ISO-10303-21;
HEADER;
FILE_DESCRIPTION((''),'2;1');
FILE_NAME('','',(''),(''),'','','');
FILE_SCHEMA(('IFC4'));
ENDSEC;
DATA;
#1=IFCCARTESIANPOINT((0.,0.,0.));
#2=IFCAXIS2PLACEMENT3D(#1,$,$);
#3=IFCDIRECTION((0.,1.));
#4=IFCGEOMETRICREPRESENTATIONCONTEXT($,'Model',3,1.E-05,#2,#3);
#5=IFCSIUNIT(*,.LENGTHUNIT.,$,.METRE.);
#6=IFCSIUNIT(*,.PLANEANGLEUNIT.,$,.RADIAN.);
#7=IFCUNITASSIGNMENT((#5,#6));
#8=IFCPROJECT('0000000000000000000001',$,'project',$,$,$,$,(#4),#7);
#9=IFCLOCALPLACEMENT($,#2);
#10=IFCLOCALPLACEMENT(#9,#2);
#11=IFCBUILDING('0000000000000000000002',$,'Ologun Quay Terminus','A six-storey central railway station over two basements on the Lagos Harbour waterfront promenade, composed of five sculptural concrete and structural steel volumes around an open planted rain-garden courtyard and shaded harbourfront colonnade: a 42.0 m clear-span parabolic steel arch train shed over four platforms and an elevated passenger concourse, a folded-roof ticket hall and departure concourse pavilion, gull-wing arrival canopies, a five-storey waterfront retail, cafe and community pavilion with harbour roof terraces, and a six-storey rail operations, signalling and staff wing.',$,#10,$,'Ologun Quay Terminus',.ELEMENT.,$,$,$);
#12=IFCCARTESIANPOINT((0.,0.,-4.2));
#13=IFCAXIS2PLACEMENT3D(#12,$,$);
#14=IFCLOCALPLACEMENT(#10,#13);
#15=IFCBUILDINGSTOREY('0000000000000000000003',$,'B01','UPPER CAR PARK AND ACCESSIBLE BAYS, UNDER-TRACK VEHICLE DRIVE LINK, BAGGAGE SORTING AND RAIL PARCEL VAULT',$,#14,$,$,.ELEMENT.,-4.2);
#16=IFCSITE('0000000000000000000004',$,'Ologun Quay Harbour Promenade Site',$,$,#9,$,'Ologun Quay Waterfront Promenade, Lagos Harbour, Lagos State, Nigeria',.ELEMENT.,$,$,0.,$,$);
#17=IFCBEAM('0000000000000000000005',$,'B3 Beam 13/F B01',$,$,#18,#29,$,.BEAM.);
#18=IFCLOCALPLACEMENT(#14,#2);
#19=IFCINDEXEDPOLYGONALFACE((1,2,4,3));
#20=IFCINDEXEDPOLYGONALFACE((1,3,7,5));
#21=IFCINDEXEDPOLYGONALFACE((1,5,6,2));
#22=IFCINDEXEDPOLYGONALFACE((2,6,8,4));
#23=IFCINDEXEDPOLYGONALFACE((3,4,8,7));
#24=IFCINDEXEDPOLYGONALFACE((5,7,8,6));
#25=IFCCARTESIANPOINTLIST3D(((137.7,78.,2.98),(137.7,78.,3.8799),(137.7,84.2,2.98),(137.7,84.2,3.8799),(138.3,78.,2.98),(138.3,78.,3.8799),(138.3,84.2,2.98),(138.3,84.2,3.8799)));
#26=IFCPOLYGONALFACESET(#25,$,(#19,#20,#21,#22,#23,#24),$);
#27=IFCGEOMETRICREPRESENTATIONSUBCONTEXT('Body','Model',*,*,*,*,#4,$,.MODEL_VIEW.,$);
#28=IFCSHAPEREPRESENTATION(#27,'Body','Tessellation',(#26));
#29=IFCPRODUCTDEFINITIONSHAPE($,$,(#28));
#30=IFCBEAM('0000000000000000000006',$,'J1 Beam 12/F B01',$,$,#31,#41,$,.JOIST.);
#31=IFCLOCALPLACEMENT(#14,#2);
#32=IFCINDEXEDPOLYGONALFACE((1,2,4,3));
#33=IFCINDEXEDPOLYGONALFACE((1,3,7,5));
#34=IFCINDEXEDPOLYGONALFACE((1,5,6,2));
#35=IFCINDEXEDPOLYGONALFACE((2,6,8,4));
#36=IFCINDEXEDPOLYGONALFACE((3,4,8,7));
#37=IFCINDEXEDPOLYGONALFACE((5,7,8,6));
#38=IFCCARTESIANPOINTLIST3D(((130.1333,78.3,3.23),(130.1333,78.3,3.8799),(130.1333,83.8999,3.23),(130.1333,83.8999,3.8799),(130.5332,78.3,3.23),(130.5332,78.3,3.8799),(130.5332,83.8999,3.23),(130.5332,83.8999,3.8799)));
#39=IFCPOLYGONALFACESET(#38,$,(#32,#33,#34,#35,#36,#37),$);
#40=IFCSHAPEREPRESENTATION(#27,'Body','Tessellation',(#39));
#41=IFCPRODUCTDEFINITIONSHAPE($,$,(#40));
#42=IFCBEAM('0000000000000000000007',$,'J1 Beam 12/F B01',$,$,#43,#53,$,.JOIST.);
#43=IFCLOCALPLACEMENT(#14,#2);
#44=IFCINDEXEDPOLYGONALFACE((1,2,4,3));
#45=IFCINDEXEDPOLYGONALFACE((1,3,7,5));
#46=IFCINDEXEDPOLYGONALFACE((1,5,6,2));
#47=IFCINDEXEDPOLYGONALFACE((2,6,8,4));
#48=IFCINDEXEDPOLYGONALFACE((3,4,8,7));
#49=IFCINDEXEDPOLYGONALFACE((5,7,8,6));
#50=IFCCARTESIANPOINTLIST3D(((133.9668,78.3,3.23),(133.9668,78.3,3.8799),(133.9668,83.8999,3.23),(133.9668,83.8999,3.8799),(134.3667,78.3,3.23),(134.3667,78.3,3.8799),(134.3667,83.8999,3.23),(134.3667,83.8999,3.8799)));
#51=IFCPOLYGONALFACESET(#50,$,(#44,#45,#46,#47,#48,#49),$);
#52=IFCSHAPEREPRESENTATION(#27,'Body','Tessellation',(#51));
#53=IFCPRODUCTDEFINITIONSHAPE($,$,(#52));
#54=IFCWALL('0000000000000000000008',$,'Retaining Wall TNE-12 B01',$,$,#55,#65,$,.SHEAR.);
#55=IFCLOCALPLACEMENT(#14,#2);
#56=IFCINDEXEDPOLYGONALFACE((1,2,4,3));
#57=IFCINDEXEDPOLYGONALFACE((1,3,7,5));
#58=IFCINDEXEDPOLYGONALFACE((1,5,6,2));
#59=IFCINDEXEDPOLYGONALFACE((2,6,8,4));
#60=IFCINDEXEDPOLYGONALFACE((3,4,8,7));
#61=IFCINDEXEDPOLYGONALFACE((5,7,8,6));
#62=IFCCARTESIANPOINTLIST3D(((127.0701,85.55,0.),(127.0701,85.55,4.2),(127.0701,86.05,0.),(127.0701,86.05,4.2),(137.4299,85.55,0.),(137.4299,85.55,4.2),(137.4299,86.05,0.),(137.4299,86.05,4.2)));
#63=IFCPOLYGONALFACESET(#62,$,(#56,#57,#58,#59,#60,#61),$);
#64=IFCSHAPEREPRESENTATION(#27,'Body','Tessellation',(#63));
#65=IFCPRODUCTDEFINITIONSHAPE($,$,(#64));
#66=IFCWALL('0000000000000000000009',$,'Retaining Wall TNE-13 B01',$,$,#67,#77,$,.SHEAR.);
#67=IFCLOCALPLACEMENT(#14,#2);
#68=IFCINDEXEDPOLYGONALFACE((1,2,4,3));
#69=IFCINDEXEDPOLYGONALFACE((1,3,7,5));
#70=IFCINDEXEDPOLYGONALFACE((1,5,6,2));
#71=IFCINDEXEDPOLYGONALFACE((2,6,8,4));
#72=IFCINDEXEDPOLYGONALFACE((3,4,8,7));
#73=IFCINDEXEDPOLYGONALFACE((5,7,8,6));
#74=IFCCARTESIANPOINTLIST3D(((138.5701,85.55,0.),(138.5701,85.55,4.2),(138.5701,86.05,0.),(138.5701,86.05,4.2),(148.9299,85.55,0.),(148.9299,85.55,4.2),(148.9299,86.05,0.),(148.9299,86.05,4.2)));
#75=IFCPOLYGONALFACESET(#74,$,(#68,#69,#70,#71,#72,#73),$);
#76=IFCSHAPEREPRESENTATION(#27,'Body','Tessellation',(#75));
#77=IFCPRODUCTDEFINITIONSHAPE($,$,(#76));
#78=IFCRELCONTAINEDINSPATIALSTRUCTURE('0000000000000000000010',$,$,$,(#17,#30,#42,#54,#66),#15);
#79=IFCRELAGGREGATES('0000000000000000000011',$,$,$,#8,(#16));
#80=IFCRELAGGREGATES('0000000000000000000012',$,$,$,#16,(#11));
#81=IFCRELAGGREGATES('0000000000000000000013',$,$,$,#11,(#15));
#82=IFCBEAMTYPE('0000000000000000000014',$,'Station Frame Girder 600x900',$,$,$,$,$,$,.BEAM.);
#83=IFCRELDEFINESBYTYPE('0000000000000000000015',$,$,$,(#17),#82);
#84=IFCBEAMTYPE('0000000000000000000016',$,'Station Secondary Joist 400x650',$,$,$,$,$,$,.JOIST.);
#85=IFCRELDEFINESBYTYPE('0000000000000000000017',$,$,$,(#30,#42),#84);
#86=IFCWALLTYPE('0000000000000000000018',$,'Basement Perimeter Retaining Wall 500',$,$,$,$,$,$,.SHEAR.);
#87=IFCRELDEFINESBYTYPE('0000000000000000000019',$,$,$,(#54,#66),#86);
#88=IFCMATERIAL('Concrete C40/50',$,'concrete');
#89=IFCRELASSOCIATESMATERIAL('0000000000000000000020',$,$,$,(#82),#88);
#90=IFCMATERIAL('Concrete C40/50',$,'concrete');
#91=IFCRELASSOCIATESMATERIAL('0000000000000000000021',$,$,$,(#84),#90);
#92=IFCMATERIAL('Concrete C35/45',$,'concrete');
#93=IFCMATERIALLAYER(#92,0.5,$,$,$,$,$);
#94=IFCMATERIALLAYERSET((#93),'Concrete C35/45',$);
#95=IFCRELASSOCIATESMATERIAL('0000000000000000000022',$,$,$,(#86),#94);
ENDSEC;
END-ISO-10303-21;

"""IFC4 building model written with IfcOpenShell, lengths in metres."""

from ifc_helpers import new_model, si_unit, direction, frame, frame_2d, origin, origin_2d, place, context, subcontext, project, spatial, rectangle, extrude, material, layer, layer_set, material_profile, profile_set, type_object, element, save


model = new_model("IFC4")

# Units and contexts
model_context = context("Model", 3, precision=1e-05, world=origin(), true_north=direction((0.0, 1.0)))
body_context = subcontext(model_context, "Body", "Model", "MODEL_VIEW")
ifc_project = project(units=[si_unit("LENGTHUNIT", "METRE"), si_unit("PLANEANGLEUNIT", "RADIAN")], contexts=[model_context])

# Site, building, storey
site_placement = place(None, origin())
site = spatial("IfcSite", under=ifc_project, at=site_placement, Name="Ologun Quay Harbour Promenade Site", LongName="Ologun Quay Waterfront Promenade, Lagos Harbour, Lagos State, Nigeria", CompositionType="ELEMENT", RefElevation=0.0)
building_placement = place(site_placement, origin())
building = spatial("IfcBuilding", under=site, at=building_placement, Name="Ologun Quay Terminus", Description="A six-storey central railway station over two basements on the Lagos Harbour waterfront promenade, composed of five sculptural concrete and structural steel volumes around an open planted rain-garden courtyard and shaded harbourfront colonnade: a 42.0 m clear-span parabolic steel arch train shed over four platforms and an elevated passenger concourse, a folded-roof ticket hall and departure concourse pavilion, gull-wing arrival canopies, a five-storey waterfront retail, cafe and community pavilion with harbour roof terraces, and a six-storey rail operations, signalling and staff wing.", LongName="Ologun Quay Terminus", CompositionType="ELEMENT")
storey_placement = place(building_placement, frame((0.0, 0.0, -4.2)))
storey = spatial("IfcBuildingStorey", under=building, at=storey_placement, Name="B01", Description="UPPER CAR PARK AND ACCESSIBLE BAYS, UNDER-TRACK VEHICLE DRIVE LINK, BAGGAGE SORTING AND RAIL PARCEL VAULT", CompositionType="ELEMENT", Elevation=-4.2)

# Beams
ifc_material_1 = material(Name="Concrete C40/50", Category="concrete")
ifc_material_profile_1 = material_profile(ifc_material_1, rectangle(XDim=0.6001, YDim=0.8999, at=origin_2d()), Name="RC 600x900")
ifc_profile_set_1 = profile_set([ifc_material_profile_1], Name="Concrete C40/50")
beam_type_1 = type_object("IfcBeamType", Name="Station Frame Girder 600x900", PredefinedType="BEAM", material=ifc_profile_set_1)
for number, where, z_axis, x_axis, name in (
    (1, (138.0, 78.0, 3.4299), (0.0, 1.0, 0.0), (-1.0, 0.0, 0.0), "B3 Beam 13/F B01"),
):
    element("IfcBeam", number, at=place(storey_placement, frame(where, z_axis=z_axis, x_axis=x_axis)), inside=storey, type_object=beam_type_1, Name=name, PredefinedType="BEAM", context=body_context, shape_type="SweptSolid", body=[
        extrude(rectangle(XDim=0.6001, YDim=0.8999, at=origin_2d()), origin(), (0.0, 0.0, 1.0), 6.2),
    ])
ifc_material_2 = material(Name="Concrete C40/50", Category="concrete")
ifc_material_profile_2 = material_profile(ifc_material_2, rectangle(XDim=0.3999, YDim=0.6499, at=origin_2d()), Name="RC 400x650")
ifc_profile_set_2 = profile_set([ifc_material_profile_2], Name="Concrete C40/50")
beam_type_2 = type_object("IfcBeamType", Name="Station Secondary Joist 400x650", PredefinedType="JOIST", material=ifc_profile_set_2)
for number, where, z_axis, x_axis, name in (
    (2, (130.3333, 78.3, 3.5549), (0.0, 1.0, 0.0), (-1.0, 0.0, 0.0), "J1 Beam 12/F B01"),
    (3, (134.1667, 78.3, 3.5549), (0.0, 1.0, 0.0), (-1.0, 0.0, 0.0), "J1 Beam 12/F B01"),
):
    element("IfcBeam", number, at=place(storey_placement, frame(where, z_axis=z_axis, x_axis=x_axis)), inside=storey, type_object=beam_type_2, Name=name, PredefinedType="JOIST", context=body_context, shape_type="SweptSolid", body=[
        extrude(rectangle(XDim=0.3999, YDim=0.6499, at=origin_2d()), origin(), (0.0, 0.0, 1.0), 5.5999),
    ])

# Walls
ifc_material_3 = material(Name="Concrete C35/45", Category="concrete")
ifc_layer = layer(ifc_material_3, 0.5)
ifc_layer_set = layer_set([ifc_layer], Name="Concrete C35/45")
wall_type = type_object("IfcWallType", Name="Basement Perimeter Retaining Wall 500", PredefinedType="SHEAR", material=ifc_layer_set)
for number, where, z_axis, x_axis, name in (
    (4, (127.0701, 85.8, 0.0), (0.0, 0.0, 1.0), (1.0, 0.0, 0.0), "Retaining Wall TNE-12 B01"),
    (5, (138.5701, 85.8, 0.0), (0.0, 0.0, 1.0), (1.0, 0.0, 0.0), "Retaining Wall TNE-13 B01"),
):
    element("IfcWall", number, at=place(storey_placement, frame(where, z_axis=z_axis, x_axis=x_axis)), inside=storey, type_object=wall_type, Name=name, PredefinedType="SHEAR", context=body_context, shape_type="SweptSolid", body=[
        extrude(rectangle(XDim=10.3599, YDim=0.5, at=frame_2d((5.1799, 0.0))), origin(), (0.0, 0.0, 1.0), 4.2),
    ])

save(model, "model.ifc")
